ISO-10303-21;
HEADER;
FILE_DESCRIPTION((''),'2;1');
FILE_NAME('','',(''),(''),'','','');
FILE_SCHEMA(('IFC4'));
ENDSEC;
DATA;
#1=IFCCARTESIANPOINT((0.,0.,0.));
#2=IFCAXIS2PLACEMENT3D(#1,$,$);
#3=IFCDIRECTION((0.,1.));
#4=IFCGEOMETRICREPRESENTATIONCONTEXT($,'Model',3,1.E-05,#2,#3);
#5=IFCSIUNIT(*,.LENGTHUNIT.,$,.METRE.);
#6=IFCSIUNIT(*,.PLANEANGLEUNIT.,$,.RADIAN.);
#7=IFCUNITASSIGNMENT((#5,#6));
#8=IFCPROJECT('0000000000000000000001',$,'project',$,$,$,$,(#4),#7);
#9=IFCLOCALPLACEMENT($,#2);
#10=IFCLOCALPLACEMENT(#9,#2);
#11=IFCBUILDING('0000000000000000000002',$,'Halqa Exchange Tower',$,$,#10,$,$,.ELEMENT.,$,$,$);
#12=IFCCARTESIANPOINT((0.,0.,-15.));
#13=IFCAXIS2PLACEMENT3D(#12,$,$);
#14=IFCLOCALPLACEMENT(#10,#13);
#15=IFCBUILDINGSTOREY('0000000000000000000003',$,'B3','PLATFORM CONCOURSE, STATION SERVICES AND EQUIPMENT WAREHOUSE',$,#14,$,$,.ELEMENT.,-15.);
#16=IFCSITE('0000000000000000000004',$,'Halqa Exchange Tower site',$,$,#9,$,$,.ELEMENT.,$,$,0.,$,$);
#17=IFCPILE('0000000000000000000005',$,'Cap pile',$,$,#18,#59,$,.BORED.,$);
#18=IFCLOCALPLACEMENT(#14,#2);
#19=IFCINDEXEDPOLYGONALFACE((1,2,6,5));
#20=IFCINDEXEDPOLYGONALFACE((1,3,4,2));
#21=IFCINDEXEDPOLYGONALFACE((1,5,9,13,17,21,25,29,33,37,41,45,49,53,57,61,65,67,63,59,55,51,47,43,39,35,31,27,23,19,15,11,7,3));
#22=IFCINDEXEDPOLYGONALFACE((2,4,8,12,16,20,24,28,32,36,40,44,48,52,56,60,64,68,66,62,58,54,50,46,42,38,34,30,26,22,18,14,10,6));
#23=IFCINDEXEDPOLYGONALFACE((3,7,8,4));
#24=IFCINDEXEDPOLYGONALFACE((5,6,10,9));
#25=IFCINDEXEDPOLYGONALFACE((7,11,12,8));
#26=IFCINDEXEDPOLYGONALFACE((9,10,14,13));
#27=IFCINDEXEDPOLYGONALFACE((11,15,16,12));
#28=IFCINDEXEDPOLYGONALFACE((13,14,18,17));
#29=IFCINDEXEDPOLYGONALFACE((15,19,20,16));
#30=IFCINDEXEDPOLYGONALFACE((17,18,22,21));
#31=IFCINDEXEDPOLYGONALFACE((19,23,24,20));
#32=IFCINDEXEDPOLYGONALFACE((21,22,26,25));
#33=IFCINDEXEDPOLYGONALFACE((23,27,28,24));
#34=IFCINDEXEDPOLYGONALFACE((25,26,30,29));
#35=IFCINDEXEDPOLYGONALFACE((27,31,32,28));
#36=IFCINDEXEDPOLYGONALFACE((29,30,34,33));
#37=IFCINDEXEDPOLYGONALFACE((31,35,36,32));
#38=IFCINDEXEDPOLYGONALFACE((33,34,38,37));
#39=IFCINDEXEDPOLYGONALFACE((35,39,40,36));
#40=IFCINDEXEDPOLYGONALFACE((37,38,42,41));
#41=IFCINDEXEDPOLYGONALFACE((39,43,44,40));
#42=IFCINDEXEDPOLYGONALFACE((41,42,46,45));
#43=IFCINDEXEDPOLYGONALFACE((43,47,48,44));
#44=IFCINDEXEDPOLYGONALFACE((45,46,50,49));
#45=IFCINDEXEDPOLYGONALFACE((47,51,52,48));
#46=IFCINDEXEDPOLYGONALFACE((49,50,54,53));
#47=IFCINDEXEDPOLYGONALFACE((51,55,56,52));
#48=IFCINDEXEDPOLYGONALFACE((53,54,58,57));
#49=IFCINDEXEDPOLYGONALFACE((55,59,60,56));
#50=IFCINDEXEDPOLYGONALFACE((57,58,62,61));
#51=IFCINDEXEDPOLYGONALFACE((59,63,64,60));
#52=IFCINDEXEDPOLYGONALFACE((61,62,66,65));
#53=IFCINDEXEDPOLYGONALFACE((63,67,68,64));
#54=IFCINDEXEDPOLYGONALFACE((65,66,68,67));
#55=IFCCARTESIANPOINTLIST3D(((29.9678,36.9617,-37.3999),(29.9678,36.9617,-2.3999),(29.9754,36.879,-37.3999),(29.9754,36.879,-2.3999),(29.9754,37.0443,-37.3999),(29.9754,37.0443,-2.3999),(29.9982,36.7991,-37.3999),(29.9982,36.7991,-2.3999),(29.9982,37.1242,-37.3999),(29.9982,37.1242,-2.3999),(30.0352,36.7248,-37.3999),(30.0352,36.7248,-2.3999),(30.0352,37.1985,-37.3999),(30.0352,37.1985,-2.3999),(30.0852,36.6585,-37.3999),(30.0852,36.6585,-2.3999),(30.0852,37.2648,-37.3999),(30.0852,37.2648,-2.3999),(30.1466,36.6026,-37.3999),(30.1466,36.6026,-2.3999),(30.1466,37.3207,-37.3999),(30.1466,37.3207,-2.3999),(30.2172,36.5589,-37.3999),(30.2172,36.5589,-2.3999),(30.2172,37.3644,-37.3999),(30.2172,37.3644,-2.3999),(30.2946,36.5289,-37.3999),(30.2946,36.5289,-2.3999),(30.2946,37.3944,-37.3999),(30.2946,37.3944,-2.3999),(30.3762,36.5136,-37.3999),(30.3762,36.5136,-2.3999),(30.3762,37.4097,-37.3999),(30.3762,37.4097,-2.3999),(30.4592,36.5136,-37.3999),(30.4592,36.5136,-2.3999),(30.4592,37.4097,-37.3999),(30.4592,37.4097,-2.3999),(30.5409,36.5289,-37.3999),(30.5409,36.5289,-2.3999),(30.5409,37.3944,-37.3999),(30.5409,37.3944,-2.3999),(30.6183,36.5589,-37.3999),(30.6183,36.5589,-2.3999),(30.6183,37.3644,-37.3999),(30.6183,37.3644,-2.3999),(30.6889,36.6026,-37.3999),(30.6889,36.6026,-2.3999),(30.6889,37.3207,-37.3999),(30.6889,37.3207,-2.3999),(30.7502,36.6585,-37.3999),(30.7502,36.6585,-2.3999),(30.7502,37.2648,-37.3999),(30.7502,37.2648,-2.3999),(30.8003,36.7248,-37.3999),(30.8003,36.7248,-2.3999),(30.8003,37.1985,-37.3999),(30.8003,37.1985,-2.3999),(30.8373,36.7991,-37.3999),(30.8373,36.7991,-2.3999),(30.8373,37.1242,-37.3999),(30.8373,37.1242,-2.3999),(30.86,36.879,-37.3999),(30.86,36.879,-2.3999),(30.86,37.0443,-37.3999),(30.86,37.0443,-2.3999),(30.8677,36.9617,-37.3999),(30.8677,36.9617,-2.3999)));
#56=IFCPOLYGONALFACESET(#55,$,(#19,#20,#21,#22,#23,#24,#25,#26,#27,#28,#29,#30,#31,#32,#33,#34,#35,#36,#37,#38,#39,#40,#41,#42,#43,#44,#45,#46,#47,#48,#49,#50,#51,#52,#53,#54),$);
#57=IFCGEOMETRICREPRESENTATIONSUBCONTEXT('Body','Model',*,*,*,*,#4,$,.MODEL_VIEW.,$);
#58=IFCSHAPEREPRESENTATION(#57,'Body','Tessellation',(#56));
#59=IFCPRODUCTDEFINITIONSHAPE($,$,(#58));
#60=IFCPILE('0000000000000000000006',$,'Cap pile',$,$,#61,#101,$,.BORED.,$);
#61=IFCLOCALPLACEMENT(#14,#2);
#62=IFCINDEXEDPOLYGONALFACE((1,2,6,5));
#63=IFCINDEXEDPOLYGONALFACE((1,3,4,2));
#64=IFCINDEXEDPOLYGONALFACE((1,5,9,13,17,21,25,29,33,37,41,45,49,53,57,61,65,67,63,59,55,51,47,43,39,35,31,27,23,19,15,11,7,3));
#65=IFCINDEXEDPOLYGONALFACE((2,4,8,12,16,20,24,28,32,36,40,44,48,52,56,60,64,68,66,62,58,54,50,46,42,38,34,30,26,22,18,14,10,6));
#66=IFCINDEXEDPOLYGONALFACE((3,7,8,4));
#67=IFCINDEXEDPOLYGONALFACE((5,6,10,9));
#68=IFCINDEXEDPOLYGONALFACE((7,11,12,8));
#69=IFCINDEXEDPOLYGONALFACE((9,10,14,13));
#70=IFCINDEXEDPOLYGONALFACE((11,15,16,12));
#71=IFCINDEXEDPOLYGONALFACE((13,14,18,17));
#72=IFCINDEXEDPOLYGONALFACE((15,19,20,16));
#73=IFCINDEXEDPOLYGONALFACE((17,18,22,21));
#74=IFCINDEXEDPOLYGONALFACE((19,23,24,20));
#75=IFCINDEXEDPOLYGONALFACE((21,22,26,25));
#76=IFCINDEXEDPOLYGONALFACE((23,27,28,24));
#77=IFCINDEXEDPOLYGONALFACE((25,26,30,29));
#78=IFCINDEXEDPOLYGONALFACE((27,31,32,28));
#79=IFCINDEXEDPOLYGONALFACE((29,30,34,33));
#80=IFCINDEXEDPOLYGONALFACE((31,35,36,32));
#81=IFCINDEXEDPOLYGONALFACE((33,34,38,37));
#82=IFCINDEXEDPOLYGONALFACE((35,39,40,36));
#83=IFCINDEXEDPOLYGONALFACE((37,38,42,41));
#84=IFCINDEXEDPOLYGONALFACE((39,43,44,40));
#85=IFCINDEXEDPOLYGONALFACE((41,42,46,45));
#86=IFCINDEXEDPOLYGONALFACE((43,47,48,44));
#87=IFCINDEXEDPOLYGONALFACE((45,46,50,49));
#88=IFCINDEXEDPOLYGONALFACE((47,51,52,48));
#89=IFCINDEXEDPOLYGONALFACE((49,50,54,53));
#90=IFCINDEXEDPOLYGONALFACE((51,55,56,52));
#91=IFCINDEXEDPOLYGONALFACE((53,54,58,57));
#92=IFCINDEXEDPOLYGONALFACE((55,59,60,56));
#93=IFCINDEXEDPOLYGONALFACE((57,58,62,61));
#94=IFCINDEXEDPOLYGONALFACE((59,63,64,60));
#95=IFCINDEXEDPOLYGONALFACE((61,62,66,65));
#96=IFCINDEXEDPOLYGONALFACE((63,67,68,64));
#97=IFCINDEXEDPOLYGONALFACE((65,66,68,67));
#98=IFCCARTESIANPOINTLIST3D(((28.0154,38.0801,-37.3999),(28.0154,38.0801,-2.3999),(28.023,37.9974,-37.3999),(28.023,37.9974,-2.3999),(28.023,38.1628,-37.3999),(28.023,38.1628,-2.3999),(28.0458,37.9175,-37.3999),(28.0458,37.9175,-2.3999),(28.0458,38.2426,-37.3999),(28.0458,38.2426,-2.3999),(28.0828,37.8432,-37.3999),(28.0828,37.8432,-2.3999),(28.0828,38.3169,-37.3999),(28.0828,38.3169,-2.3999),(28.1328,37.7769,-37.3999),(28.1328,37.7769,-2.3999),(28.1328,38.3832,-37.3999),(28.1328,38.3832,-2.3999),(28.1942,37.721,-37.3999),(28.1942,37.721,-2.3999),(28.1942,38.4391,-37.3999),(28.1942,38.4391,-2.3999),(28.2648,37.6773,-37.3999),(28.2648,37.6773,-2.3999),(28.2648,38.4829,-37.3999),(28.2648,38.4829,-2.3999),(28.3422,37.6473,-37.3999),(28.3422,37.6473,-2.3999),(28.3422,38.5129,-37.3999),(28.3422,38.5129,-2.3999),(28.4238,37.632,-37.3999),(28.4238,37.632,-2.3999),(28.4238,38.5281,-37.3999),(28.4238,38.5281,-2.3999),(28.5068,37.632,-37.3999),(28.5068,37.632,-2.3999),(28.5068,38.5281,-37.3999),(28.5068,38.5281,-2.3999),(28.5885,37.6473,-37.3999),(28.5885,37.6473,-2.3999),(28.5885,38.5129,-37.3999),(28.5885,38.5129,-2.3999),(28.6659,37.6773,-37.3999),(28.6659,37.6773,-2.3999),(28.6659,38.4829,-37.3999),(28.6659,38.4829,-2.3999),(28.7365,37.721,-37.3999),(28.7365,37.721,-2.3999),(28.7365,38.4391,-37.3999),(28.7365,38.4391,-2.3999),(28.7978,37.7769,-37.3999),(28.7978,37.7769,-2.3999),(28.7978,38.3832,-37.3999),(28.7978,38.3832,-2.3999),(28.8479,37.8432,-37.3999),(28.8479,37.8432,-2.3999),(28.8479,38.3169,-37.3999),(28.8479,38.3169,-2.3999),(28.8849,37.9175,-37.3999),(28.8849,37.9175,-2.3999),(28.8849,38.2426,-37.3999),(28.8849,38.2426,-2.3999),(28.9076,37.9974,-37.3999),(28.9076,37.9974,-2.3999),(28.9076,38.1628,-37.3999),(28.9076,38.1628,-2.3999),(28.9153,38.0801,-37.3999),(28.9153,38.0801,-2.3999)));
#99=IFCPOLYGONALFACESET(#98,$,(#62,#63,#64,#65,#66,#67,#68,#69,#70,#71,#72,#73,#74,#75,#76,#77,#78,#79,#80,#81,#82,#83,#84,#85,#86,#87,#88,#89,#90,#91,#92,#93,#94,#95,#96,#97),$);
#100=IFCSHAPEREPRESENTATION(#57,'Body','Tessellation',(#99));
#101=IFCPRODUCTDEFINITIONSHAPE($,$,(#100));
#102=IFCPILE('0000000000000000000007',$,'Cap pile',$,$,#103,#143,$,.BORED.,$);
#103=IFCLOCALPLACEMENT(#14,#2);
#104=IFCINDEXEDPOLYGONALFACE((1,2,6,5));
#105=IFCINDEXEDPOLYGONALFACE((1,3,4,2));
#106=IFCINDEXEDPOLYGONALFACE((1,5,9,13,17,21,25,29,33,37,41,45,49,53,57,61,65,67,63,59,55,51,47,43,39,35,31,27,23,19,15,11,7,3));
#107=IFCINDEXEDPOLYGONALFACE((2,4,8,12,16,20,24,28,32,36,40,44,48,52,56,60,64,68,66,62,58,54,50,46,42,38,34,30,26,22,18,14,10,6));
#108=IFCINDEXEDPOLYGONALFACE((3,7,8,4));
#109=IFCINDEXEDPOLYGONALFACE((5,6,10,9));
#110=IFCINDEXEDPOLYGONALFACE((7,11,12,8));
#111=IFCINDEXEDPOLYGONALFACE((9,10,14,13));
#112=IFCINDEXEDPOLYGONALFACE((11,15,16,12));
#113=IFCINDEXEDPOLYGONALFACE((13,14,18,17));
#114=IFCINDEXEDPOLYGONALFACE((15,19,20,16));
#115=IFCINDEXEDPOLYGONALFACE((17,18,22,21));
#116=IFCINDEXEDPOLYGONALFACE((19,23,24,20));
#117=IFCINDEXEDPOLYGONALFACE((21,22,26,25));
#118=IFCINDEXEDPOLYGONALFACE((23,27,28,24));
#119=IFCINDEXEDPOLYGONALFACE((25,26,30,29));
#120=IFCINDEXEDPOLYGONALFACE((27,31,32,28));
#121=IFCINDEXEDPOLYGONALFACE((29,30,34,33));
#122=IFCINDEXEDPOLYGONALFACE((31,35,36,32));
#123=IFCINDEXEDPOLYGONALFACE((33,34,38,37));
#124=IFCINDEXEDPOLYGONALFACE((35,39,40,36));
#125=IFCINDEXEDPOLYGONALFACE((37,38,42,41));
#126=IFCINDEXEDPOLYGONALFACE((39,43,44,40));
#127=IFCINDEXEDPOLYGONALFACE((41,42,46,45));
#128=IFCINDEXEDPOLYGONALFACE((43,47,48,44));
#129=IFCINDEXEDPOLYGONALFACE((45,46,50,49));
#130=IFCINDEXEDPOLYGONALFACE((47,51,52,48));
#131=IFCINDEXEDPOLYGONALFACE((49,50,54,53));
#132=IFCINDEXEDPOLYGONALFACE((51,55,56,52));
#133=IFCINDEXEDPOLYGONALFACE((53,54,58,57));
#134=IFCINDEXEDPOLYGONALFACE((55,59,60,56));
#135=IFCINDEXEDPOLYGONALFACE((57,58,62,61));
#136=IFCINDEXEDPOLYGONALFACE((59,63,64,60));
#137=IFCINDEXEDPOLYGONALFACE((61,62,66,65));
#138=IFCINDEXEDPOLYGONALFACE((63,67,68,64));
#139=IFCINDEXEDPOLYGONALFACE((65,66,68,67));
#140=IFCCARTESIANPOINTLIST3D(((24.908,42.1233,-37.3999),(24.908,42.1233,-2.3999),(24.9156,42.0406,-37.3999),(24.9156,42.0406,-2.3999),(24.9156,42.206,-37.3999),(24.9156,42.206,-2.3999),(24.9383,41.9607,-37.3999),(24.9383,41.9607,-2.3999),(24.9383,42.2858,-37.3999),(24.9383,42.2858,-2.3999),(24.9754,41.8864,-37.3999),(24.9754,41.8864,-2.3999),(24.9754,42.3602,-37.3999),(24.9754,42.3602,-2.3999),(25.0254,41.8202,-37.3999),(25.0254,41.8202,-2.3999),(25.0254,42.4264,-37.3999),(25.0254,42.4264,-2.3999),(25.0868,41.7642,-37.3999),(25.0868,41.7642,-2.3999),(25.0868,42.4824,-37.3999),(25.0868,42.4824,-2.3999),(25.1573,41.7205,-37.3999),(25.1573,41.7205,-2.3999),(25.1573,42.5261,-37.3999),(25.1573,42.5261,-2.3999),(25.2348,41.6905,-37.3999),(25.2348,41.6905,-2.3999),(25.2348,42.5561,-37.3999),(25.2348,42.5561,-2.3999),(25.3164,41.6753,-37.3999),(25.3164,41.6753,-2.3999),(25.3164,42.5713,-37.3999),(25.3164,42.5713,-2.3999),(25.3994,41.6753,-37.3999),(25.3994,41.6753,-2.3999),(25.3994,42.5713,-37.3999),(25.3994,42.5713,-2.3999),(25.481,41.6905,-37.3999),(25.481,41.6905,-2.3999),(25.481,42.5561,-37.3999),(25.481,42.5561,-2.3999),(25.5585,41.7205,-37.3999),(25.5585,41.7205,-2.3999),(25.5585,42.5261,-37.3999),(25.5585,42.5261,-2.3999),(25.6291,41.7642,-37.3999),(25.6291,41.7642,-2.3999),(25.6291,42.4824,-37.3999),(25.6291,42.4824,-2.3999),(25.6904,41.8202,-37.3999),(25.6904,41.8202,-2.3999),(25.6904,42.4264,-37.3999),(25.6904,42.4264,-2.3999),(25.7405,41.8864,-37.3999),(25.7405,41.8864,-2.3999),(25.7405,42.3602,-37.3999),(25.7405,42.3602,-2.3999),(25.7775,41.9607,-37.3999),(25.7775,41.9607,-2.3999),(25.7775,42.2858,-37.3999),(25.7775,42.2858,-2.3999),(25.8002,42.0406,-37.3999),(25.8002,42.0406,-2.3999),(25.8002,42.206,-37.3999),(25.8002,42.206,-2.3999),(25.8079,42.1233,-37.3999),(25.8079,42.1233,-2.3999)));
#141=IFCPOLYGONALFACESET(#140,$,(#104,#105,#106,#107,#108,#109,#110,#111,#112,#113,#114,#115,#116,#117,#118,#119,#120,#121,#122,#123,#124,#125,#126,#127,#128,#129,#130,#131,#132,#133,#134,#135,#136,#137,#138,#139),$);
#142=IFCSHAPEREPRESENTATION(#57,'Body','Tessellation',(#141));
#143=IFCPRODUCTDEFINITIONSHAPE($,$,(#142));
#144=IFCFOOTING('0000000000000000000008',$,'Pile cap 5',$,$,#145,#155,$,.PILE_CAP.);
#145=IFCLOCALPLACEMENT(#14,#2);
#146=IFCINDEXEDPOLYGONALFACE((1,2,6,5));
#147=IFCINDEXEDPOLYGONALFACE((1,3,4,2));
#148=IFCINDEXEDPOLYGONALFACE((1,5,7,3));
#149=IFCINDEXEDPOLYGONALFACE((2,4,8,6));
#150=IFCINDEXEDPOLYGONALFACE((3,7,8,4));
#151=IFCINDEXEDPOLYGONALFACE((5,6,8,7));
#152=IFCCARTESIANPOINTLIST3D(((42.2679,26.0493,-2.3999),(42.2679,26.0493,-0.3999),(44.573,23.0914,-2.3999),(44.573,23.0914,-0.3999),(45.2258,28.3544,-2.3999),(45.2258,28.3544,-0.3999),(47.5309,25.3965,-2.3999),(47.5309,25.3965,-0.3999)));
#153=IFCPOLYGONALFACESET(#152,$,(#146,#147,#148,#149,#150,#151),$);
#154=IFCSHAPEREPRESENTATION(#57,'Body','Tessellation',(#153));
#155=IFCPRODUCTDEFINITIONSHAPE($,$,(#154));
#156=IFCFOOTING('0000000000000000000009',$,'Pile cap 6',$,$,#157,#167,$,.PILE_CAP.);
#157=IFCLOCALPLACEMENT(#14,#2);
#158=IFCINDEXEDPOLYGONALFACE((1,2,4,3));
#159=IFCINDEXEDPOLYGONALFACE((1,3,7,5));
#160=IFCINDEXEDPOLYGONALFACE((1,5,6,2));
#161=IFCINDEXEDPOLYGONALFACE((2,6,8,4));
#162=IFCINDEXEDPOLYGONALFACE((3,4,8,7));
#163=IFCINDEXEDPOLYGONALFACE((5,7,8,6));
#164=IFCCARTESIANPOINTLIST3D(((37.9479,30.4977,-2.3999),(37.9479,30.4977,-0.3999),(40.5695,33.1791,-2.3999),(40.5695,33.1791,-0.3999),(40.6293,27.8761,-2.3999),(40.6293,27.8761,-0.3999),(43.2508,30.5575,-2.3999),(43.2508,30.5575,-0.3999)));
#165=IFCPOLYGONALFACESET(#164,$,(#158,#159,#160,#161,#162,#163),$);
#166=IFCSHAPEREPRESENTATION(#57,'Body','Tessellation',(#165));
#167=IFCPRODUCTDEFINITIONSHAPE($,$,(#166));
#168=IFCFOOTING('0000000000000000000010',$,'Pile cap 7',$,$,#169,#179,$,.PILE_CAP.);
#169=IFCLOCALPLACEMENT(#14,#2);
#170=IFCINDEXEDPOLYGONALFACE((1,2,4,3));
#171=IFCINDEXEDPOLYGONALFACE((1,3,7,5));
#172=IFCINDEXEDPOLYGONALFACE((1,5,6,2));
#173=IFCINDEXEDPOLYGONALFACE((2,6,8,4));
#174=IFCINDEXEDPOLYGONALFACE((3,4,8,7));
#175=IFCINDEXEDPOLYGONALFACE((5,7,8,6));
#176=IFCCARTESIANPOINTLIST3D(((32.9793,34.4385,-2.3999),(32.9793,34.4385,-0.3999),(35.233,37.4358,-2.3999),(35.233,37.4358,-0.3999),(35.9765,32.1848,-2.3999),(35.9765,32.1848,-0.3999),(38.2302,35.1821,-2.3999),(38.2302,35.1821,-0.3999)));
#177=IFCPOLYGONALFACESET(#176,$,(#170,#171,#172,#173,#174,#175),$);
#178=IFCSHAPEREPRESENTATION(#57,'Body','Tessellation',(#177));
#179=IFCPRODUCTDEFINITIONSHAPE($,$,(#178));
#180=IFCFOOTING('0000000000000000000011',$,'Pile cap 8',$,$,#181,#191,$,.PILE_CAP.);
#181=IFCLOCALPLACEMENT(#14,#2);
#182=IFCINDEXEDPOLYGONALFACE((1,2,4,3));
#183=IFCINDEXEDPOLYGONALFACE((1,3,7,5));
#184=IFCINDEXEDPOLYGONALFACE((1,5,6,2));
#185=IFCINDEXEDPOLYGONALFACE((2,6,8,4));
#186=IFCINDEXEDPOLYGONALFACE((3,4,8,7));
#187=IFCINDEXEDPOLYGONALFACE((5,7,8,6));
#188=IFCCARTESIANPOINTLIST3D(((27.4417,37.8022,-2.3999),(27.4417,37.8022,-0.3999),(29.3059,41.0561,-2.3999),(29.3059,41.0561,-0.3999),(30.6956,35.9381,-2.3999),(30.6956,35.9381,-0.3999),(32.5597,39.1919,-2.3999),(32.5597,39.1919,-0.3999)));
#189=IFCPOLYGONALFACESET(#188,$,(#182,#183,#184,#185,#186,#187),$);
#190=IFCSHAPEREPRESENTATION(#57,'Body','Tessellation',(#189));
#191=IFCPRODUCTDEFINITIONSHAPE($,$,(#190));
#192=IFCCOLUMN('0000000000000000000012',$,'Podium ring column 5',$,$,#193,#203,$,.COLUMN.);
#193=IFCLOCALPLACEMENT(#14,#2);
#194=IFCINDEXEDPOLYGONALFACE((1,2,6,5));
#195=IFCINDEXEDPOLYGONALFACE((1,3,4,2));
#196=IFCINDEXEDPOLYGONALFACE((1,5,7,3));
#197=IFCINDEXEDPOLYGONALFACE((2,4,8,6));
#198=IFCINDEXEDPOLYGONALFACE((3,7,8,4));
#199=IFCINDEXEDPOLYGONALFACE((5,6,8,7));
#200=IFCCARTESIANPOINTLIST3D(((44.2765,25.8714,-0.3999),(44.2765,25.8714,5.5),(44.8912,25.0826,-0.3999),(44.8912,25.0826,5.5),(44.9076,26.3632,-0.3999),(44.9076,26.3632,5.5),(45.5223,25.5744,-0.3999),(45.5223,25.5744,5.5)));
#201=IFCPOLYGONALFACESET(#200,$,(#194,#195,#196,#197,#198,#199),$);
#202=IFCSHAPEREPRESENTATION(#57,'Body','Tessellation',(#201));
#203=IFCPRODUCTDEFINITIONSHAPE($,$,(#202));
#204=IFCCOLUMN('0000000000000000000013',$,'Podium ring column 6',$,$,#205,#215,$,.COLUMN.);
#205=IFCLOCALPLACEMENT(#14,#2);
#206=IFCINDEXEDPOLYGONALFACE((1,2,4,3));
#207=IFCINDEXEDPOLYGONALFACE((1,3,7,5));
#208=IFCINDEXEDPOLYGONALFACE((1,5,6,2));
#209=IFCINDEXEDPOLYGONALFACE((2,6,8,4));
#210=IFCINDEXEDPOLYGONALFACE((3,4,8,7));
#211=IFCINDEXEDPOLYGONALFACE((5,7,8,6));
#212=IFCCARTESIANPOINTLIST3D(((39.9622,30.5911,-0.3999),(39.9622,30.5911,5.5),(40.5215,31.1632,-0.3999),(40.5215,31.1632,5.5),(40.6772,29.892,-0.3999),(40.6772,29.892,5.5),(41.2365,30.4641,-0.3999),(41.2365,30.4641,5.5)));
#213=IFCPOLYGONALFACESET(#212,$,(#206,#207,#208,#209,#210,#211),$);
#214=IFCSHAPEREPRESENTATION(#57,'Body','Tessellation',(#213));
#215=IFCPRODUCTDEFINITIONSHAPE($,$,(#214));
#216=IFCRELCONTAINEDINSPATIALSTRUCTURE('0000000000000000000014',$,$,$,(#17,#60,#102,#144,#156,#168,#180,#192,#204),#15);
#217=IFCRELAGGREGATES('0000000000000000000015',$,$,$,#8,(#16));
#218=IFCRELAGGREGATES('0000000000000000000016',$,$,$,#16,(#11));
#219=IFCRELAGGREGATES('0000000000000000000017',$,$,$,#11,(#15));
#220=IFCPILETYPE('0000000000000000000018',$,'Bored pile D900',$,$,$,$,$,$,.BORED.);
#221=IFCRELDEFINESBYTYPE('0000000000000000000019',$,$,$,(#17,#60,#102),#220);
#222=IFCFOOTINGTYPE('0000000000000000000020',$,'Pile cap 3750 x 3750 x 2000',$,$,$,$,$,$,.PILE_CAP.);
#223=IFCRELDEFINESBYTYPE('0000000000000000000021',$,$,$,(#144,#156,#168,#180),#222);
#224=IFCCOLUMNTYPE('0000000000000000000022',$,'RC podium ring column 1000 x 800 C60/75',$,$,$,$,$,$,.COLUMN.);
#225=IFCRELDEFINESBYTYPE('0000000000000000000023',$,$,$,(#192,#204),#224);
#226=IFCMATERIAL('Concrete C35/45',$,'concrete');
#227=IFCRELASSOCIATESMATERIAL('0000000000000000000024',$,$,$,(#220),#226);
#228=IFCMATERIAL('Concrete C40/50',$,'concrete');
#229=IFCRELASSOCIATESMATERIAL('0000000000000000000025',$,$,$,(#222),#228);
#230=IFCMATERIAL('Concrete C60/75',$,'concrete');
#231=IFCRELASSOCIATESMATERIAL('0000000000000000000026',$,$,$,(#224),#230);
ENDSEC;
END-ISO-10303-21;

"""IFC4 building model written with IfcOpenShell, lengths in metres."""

from ifc_helpers import new_model, si_unit, direction, frame, origin, origin_2d, place, context, subcontext, project, spatial, rectangle, circle, extrude, material, material_profile, profile_set, type_object, element, save


model = new_model("IFC4")

# Units and contexts
model_context = context("Model", 3, precision=1e-05, world=origin(), true_north=direction((0.0, 1.0)))
body_context = subcontext(model_context, "Body", "Model", "MODEL_VIEW")
ifc_project = project(units=[si_unit("LENGTHUNIT", "METRE"), si_unit("PLANEANGLEUNIT", "RADIAN")], contexts=[model_context])

# Site, building, storey
site_placement = place(None, origin())
site = spatial("IfcSite", under=ifc_project, at=site_placement, Name="Halqa Exchange Tower site", CompositionType="ELEMENT", RefElevation=0.0)
building_placement = place(site_placement, origin())
building = spatial("IfcBuilding", under=site, at=building_placement, Name="Halqa Exchange Tower", CompositionType="ELEMENT")
storey_placement = place(building_placement, frame((0.0, 0.0, -15.0)))
storey = spatial("IfcBuildingStorey", under=building, at=storey_placement, Name="B3", Description="PLATFORM CONCOURSE, STATION SERVICES AND EQUIPMENT WAREHOUSE", CompositionType="ELEMENT", Elevation=-15.0)

# Piles
ifc_material_1 = material(Name="Concrete C35/45", Category="concrete")
ifc_material_profile_1 = material_profile(ifc_material_1, circle(Radius=0.45, at=origin_2d()), Name="D900")
ifc_profile_set_1 = profile_set([ifc_material_profile_1], Name="Concrete C35/45")
pile_type = type_object("IfcPileType", Name="Bored pile D900", PredefinedType="BORED", material=ifc_profile_set_1)
for number, where, z_axis, x_axis, name in (
    (1, (30.4177, 36.9617, -2.3999), (0.0, 0.0, -1.0), (1.0, 0.0, 0.0), "Cap pile"),
    (2, (28.4653, 38.0801, -2.3999), (0.0, 0.0, -1.0), (1.0, 0.0, 0.0), "Cap pile"),
    (3, (25.3579, 42.1233, -2.3999), (0.0, 0.0, -1.0), (1.0, 0.0, 0.0), "Cap pile"),
):
    element("IfcPile", number, at=place(storey_placement, frame(where, z_axis=z_axis, x_axis=x_axis)), inside=storey, type_object=pile_type, Name=name, PredefinedType="BORED", context=body_context, shape_type="SweptSolid", body=[
        extrude(circle(Radius=0.45, at=origin_2d()), origin(), (0.0, 0.0, 1.0), 35.0),
    ])

# Footings
ifc_material_2 = material(Name="Concrete C40/50", Category="concrete")
footing_type = type_object("IfcFootingType", Name="Pile cap 3750 x 3750 x 2000", PredefinedType="PILE_CAP", material=ifc_material_2)
for number, where, z_axis, x_axis, name in (
    (4, (44.8994, 25.7229, -2.3999), (0.0, 0.0, 1.0), (-0.614691, 0.788768, 0.0), "Pile cap 5"),
    (5, (40.5994, 30.5276, -2.3999), (0.0, 0.0, 1.0), (-0.715039, 0.699085, 0.0), "Pile cap 6"),
    (6, (35.6047, 34.8103, -2.3999), (0.0, 0.0, 1.0), (-0.79926, 0.600985, 0.0), "Pile cap 7"),
    (7, (30.0007, 38.4971, -2.3999), (0.0, 0.0, 1.0), (-0.867693, 0.4971, 0.0), "Pile cap 8"),
):
    element("IfcFooting", number, at=place(storey_placement, frame(where, z_axis=z_axis, x_axis=x_axis)), inside=storey, type_object=footing_type, Name=name, PredefinedType="PILE_CAP", context=body_context, shape_type="SweptSolid", body=[
        extrude(rectangle(XDim=3.75, YDim=3.75, at=origin_2d()), origin(), (0.0, 0.0, 1.0), 2.0),
    ])

# Columns
ifc_material_3 = material(Name="Concrete C60/75", Category="concrete")
ifc_material_profile_2 = material_profile(ifc_material_3, rectangle(XDim=1.0, YDim=0.8, at=origin_2d()), Name="1000 x 800")
ifc_profile_set_2 = profile_set([ifc_material_profile_2], Name="Concrete C60/75")
column_type = type_object("IfcColumnType", Name="RC podium ring column 1000 x 800 C60/75", PredefinedType="COLUMN", material=ifc_profile_set_2)
for number, where, z_axis, x_axis, name in (
    (8, (44.8994, 25.7229, -0.3999), (0.0, 0.0, 1.0), (-0.614691, 0.788768, 0.0), "Podium ring column 5"),
    (9, (40.5994, 30.5276, -0.3999), (0.0, 0.0, 1.0), (-0.715039, 0.699085, 0.0), "Podium ring column 6"),
):
    element("IfcColumn", number, at=place(storey_placement, frame(where, z_axis=z_axis, x_axis=x_axis)), inside=storey, type_object=column_type, Name=name, PredefinedType="COLUMN", context=body_context, shape_type="SweptSolid", body=[
        extrude(rectangle(XDim=1.0, YDim=0.8, at=origin_2d()), origin(), (0.0, 0.0, 1.0), 5.8999),
    ])

save(model, "model.ifc")
